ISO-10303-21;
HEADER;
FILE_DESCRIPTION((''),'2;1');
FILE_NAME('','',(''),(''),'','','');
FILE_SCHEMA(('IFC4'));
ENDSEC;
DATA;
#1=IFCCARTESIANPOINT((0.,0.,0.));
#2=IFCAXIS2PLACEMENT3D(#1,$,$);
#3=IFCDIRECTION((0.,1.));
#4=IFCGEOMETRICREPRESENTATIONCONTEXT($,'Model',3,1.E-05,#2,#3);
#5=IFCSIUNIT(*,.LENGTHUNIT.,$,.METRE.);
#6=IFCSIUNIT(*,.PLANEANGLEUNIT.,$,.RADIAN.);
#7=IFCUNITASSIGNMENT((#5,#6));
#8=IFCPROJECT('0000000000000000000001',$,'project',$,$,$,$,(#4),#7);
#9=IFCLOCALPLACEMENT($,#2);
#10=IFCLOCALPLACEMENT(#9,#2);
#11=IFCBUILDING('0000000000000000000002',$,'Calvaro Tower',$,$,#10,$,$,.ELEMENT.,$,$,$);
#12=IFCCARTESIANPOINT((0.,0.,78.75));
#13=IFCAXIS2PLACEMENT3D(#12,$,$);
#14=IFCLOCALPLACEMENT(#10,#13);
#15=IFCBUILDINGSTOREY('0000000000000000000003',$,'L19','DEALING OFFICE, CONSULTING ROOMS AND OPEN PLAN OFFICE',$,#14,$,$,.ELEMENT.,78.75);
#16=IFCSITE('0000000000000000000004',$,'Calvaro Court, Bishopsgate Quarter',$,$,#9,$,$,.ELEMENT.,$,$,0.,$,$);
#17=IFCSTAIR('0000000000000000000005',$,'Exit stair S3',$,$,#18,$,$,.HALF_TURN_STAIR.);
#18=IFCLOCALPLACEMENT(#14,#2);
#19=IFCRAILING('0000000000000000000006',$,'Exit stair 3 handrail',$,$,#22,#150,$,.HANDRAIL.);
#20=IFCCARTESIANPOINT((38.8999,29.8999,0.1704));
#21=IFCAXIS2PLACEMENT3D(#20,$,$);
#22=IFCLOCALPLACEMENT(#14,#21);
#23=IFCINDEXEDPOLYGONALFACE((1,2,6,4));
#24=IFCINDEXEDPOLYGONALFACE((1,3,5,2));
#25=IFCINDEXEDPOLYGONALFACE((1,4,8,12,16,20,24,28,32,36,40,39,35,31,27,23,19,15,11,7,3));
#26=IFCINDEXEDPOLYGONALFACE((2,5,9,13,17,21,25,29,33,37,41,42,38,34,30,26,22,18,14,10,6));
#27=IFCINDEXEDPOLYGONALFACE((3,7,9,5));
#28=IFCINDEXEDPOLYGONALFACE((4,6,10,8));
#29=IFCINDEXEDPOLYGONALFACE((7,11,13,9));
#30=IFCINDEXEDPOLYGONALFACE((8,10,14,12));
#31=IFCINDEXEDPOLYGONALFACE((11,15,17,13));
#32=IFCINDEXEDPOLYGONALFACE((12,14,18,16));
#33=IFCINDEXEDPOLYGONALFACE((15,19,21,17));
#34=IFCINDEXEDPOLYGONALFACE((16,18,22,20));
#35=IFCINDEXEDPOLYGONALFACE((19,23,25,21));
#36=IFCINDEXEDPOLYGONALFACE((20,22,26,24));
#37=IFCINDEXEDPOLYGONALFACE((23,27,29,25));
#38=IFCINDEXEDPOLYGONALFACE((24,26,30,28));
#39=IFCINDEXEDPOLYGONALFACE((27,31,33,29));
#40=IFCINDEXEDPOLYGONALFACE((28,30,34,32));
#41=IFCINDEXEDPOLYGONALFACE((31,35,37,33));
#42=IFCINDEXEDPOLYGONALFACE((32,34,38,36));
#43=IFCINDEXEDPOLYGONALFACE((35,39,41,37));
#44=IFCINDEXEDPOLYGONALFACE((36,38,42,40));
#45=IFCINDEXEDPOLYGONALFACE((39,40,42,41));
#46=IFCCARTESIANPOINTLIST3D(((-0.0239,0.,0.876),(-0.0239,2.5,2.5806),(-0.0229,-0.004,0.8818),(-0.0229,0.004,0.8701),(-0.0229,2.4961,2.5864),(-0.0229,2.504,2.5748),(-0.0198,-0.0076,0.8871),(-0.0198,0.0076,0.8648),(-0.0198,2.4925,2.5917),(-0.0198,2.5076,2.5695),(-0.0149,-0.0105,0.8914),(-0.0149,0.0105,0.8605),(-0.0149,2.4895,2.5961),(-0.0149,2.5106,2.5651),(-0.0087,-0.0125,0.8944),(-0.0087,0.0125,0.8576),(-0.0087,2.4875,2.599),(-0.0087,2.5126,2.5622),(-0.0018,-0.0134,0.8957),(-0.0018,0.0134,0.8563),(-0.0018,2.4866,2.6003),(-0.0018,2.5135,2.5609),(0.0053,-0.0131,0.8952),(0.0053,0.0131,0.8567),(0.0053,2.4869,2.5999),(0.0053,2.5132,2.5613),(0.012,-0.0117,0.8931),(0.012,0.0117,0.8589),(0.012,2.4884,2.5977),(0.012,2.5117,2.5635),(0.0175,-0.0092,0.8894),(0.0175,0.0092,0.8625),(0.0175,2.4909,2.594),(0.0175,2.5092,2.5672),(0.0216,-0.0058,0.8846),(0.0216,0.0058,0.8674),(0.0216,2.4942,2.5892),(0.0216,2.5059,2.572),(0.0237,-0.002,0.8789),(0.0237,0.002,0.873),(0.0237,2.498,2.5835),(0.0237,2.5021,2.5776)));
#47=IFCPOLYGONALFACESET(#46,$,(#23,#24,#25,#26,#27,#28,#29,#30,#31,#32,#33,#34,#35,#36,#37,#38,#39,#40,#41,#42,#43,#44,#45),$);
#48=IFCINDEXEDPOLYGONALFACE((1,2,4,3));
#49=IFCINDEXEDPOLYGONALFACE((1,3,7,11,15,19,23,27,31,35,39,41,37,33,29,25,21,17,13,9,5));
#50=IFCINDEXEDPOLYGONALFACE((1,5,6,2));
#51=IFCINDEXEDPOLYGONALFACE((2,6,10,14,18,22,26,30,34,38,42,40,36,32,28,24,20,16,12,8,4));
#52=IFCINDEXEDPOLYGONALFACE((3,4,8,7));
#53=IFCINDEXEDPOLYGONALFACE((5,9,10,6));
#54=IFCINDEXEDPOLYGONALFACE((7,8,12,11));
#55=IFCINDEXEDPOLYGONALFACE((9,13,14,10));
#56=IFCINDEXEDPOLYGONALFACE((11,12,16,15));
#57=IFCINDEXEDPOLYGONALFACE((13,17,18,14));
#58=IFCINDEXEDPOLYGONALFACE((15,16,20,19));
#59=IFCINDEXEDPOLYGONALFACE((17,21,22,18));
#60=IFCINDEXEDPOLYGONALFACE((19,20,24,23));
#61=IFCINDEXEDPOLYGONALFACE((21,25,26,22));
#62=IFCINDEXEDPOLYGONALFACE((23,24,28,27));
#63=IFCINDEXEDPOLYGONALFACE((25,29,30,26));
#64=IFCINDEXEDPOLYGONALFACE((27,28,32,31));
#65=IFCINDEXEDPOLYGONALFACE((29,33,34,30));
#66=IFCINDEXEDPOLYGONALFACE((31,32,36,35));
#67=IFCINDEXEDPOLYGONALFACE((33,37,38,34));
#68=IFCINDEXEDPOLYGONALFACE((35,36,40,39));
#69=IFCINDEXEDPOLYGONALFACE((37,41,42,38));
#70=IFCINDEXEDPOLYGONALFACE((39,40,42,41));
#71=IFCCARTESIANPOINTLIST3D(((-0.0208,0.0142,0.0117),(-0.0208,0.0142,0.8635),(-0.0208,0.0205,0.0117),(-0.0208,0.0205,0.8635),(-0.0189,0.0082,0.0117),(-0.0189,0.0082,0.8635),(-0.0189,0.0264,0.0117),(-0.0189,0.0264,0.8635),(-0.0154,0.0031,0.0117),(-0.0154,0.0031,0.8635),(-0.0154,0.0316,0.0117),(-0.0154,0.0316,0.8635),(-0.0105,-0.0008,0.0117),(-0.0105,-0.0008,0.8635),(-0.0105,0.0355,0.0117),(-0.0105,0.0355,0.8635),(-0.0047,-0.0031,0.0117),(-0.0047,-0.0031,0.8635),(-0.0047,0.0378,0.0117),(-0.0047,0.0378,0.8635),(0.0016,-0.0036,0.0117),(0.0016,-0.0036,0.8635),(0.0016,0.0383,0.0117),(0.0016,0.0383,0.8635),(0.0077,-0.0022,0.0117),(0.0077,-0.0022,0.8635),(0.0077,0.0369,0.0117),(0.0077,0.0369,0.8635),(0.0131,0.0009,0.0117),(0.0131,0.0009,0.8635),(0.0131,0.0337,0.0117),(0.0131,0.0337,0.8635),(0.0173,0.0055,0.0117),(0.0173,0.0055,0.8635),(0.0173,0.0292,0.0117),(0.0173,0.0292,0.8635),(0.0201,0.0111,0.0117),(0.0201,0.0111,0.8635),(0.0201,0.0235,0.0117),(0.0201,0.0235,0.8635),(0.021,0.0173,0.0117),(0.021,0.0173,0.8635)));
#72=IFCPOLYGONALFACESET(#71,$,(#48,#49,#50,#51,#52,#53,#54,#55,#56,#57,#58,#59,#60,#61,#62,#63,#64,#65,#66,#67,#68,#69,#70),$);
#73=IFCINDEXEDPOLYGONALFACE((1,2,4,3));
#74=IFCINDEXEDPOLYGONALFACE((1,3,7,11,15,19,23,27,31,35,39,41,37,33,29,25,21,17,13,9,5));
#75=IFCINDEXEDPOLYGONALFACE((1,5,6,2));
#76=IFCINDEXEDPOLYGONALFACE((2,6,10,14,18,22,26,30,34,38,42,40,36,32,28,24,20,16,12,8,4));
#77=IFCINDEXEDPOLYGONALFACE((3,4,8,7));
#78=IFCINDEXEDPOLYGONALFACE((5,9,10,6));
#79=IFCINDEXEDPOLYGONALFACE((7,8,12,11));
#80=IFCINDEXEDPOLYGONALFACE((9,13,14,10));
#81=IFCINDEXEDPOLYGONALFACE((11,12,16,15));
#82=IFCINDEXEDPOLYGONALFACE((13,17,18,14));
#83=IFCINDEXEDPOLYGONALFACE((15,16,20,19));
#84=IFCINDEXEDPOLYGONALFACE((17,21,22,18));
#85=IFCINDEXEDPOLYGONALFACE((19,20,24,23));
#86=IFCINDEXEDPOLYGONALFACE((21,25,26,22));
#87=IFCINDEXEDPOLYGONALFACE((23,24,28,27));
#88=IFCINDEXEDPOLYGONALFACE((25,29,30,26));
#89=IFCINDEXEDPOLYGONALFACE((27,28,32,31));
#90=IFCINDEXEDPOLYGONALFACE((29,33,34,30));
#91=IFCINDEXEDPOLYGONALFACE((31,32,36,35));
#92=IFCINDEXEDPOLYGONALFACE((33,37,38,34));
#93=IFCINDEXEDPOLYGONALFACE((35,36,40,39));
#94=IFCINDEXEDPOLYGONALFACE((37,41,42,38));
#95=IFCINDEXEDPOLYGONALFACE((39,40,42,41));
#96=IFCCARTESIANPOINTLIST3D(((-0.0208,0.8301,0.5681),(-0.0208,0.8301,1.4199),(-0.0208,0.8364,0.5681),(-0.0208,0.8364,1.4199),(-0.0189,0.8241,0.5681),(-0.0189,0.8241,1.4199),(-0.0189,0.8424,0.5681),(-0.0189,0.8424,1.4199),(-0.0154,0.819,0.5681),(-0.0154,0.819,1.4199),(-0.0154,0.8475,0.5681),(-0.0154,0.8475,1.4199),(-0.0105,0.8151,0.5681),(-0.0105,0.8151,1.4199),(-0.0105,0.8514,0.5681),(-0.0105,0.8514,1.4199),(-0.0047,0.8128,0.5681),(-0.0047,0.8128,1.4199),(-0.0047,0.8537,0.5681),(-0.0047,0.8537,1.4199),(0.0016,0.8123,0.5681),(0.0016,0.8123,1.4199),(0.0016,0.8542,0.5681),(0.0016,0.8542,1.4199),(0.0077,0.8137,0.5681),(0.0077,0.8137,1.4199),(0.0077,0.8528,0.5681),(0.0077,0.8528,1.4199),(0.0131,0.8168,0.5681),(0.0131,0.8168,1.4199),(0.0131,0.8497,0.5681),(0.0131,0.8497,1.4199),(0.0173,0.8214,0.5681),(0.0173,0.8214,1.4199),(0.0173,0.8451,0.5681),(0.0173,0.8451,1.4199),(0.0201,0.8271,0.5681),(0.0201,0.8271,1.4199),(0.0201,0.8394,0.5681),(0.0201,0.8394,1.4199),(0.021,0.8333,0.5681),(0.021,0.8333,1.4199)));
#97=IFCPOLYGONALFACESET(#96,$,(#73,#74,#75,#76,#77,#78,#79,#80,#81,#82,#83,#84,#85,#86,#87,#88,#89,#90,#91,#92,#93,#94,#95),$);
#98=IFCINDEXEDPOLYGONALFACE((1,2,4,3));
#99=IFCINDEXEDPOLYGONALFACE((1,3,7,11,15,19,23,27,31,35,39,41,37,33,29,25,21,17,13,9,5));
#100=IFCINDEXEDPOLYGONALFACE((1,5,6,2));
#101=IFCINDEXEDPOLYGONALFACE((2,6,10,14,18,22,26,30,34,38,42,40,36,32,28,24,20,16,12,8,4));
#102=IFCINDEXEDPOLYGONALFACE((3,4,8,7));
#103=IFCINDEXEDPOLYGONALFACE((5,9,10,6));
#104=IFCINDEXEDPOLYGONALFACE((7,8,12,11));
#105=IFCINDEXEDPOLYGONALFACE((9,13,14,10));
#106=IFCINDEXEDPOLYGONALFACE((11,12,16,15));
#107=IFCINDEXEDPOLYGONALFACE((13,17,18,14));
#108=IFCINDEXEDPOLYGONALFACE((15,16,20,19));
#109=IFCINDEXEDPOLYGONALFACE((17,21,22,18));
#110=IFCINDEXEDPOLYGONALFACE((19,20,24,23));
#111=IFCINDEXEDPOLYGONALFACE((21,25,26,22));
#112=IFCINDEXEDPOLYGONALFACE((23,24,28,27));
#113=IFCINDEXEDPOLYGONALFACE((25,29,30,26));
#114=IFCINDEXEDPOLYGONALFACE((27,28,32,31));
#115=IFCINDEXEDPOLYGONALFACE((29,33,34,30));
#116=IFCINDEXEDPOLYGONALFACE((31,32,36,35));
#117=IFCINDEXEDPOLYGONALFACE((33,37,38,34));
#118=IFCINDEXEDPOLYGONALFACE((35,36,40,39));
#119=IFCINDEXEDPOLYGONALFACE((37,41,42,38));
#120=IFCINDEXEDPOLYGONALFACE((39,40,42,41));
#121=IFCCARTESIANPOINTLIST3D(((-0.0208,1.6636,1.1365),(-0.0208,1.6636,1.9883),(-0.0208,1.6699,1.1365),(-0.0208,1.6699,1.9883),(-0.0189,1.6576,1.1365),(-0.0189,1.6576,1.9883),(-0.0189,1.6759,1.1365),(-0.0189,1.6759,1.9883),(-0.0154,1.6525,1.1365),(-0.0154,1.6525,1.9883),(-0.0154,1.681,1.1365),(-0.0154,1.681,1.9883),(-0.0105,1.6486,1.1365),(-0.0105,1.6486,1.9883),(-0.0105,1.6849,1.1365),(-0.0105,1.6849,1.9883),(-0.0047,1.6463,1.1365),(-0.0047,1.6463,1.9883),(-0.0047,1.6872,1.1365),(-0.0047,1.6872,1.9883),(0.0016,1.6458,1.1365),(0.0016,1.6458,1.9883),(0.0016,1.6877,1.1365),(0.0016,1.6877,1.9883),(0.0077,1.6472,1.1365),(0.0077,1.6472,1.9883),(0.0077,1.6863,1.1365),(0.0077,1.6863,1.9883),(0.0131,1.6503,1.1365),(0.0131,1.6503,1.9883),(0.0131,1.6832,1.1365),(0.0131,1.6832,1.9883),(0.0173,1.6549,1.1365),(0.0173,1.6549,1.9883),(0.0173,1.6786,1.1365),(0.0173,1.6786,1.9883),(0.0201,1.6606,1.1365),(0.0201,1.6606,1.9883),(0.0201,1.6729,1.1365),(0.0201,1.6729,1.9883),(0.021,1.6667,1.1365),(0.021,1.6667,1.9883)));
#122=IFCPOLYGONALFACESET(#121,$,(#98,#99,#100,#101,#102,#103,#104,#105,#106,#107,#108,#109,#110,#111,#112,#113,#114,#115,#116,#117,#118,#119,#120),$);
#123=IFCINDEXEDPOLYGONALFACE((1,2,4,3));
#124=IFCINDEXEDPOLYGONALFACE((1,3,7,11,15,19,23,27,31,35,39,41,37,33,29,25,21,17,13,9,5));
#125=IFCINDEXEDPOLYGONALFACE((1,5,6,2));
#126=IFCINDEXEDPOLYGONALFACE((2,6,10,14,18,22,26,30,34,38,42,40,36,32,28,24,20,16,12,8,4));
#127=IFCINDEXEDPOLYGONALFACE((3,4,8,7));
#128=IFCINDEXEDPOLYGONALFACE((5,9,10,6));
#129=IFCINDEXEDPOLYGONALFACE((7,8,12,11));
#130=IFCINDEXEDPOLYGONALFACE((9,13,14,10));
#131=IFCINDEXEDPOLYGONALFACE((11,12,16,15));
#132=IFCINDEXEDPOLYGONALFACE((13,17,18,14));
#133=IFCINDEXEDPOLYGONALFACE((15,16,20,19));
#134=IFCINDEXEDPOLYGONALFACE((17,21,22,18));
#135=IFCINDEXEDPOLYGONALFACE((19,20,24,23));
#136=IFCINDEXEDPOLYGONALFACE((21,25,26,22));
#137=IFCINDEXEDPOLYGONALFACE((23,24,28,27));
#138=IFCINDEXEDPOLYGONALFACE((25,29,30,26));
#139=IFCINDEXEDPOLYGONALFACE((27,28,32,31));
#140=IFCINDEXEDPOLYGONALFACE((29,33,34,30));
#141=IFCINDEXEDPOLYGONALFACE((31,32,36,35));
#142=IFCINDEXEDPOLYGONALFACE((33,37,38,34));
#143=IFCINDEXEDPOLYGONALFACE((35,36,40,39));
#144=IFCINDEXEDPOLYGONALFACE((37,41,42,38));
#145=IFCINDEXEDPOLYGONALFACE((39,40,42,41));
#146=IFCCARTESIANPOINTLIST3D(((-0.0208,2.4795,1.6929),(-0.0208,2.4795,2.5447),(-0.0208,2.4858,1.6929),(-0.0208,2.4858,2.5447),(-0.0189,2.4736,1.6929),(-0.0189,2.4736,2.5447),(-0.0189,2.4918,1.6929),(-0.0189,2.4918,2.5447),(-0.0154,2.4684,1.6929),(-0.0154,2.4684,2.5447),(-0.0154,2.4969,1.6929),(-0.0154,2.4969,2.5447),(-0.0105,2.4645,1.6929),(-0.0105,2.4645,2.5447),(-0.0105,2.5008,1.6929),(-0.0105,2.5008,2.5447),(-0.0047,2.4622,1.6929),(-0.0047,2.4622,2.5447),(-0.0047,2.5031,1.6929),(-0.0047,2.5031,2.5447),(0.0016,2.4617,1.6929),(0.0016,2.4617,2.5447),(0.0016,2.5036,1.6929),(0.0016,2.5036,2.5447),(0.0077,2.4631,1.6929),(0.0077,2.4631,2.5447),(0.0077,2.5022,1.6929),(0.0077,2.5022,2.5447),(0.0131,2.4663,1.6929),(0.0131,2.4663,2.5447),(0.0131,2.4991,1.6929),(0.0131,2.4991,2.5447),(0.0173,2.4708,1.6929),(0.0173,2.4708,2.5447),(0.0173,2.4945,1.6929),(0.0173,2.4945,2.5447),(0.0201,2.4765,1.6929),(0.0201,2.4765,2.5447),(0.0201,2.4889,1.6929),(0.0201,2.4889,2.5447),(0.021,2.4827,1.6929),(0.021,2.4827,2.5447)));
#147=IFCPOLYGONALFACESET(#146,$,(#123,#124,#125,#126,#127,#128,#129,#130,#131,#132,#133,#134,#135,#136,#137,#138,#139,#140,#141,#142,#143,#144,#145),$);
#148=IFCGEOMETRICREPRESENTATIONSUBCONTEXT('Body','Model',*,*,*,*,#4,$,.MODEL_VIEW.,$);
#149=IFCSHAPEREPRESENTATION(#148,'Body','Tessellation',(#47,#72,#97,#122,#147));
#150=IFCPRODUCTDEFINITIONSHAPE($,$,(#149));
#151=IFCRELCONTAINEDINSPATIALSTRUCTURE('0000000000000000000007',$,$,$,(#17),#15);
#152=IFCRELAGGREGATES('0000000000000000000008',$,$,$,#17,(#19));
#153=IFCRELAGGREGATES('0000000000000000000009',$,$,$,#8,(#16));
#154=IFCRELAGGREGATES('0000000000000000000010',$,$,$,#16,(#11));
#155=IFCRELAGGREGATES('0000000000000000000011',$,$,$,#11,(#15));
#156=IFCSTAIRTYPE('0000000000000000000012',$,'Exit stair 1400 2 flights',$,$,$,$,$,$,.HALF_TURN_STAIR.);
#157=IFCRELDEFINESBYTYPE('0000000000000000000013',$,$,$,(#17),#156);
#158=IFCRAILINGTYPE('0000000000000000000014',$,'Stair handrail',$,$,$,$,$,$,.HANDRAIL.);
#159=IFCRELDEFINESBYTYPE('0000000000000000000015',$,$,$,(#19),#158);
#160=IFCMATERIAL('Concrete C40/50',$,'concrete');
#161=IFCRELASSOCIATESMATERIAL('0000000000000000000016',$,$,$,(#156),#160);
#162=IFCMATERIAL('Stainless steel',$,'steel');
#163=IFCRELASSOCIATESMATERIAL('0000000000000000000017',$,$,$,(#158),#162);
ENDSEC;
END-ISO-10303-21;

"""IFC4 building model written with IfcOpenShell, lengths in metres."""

from ifc_helpers import new_model, si_unit, direction, frame, origin, origin_2d, place, context, subcontext, project, spatial, circle, extrude, material, type_object, element, aggregate, save


model = new_model("IFC4")

# Units and contexts
model_context = context("Model", 3, precision=1e-05, world=origin(), true_north=direction((0.0, 1.0)))
body_context = subcontext(model_context, "Body", "Model", "MODEL_VIEW")
ifc_project = project(units=[si_unit("LENGTHUNIT", "METRE"), si_unit("PLANEANGLEUNIT", "RADIAN")], contexts=[model_context])

# Site, building, storey
site_placement = place(None, origin())
site = spatial("IfcSite", under=ifc_project, at=site_placement, Name="Calvaro Court, Bishopsgate Quarter", CompositionType="ELEMENT", RefElevation=0.0)
building_placement = place(site_placement, origin())
building = spatial("IfcBuilding", under=site, at=building_placement, Name="Calvaro Tower", CompositionType="ELEMENT")
storey_placement = place(building_placement, frame((0.0, 0.0, 78.75)))
storey = spatial("IfcBuildingStorey", under=building, at=storey_placement, Name="L19", Description="DEALING OFFICE, CONSULTING ROOMS AND OPEN PLAN OFFICE", CompositionType="ELEMENT", Elevation=78.75)

# Stair
ifc_material_1 = material(Name="Concrete C40/50", Category="concrete")
stair_type = type_object("IfcStairType", Name="Exit stair 1400 2 flights", PredefinedType="HALF_TURN_STAIR", material=ifc_material_1)
stair_1_placement = place(storey_placement, origin())
stair_1 = element("IfcStair", 1, at=stair_1_placement, inside=storey, type_object=stair_type, Name="Exit stair S3", PredefinedType="HALF_TURN_STAIR")

# Railing
ifc_material_2 = material(Name="Stainless steel", Category="steel")
railing_type = type_object("IfcRailingType", Name="Stair handrail", PredefinedType="HANDRAIL", material=ifc_material_2)
railing_1_placement = place(storey_placement, frame((38.8999, 29.8999, 0.1704)))
railing_1 = element("IfcRailing", 2, at=railing_1_placement, type_object=railing_type, Name="Exit stair 3 handrail", PredefinedType="HANDRAIL", context=body_context, shape_type="SweptSolid", body=[
    extrude(circle(Radius=0.0239, at=origin_2d()), frame((0.0, 0.0, 0.876), z_axis=(0.0, 0.826221, 0.563347), x_axis=(-1.0, 0.0, 0.0)), (0.0, 0.0, 1.0), 3.0259),
    extrude(circle(Radius=0.021, at=origin_2d()), frame((0.0, 0.0173, 0.0117)), (0.0, 0.0, 1.0), 0.8518),
    extrude(circle(Radius=0.021, at=origin_2d()), frame((0.0, 0.8333, 0.5681)), (0.0, 0.0, 1.0), 0.8518),
    extrude(circle(Radius=0.021, at=origin_2d()), frame((0.0, 1.6667, 1.1365)), (0.0, 0.0, 1.0), 0.8518),
    extrude(circle(Radius=0.021, at=origin_2d()), frame((0.0, 2.4827, 1.6929)), (0.0, 0.0, 1.0), 0.8518),
])
aggregate(stair_1, [railing_1])

save(model, "model.ifc")
